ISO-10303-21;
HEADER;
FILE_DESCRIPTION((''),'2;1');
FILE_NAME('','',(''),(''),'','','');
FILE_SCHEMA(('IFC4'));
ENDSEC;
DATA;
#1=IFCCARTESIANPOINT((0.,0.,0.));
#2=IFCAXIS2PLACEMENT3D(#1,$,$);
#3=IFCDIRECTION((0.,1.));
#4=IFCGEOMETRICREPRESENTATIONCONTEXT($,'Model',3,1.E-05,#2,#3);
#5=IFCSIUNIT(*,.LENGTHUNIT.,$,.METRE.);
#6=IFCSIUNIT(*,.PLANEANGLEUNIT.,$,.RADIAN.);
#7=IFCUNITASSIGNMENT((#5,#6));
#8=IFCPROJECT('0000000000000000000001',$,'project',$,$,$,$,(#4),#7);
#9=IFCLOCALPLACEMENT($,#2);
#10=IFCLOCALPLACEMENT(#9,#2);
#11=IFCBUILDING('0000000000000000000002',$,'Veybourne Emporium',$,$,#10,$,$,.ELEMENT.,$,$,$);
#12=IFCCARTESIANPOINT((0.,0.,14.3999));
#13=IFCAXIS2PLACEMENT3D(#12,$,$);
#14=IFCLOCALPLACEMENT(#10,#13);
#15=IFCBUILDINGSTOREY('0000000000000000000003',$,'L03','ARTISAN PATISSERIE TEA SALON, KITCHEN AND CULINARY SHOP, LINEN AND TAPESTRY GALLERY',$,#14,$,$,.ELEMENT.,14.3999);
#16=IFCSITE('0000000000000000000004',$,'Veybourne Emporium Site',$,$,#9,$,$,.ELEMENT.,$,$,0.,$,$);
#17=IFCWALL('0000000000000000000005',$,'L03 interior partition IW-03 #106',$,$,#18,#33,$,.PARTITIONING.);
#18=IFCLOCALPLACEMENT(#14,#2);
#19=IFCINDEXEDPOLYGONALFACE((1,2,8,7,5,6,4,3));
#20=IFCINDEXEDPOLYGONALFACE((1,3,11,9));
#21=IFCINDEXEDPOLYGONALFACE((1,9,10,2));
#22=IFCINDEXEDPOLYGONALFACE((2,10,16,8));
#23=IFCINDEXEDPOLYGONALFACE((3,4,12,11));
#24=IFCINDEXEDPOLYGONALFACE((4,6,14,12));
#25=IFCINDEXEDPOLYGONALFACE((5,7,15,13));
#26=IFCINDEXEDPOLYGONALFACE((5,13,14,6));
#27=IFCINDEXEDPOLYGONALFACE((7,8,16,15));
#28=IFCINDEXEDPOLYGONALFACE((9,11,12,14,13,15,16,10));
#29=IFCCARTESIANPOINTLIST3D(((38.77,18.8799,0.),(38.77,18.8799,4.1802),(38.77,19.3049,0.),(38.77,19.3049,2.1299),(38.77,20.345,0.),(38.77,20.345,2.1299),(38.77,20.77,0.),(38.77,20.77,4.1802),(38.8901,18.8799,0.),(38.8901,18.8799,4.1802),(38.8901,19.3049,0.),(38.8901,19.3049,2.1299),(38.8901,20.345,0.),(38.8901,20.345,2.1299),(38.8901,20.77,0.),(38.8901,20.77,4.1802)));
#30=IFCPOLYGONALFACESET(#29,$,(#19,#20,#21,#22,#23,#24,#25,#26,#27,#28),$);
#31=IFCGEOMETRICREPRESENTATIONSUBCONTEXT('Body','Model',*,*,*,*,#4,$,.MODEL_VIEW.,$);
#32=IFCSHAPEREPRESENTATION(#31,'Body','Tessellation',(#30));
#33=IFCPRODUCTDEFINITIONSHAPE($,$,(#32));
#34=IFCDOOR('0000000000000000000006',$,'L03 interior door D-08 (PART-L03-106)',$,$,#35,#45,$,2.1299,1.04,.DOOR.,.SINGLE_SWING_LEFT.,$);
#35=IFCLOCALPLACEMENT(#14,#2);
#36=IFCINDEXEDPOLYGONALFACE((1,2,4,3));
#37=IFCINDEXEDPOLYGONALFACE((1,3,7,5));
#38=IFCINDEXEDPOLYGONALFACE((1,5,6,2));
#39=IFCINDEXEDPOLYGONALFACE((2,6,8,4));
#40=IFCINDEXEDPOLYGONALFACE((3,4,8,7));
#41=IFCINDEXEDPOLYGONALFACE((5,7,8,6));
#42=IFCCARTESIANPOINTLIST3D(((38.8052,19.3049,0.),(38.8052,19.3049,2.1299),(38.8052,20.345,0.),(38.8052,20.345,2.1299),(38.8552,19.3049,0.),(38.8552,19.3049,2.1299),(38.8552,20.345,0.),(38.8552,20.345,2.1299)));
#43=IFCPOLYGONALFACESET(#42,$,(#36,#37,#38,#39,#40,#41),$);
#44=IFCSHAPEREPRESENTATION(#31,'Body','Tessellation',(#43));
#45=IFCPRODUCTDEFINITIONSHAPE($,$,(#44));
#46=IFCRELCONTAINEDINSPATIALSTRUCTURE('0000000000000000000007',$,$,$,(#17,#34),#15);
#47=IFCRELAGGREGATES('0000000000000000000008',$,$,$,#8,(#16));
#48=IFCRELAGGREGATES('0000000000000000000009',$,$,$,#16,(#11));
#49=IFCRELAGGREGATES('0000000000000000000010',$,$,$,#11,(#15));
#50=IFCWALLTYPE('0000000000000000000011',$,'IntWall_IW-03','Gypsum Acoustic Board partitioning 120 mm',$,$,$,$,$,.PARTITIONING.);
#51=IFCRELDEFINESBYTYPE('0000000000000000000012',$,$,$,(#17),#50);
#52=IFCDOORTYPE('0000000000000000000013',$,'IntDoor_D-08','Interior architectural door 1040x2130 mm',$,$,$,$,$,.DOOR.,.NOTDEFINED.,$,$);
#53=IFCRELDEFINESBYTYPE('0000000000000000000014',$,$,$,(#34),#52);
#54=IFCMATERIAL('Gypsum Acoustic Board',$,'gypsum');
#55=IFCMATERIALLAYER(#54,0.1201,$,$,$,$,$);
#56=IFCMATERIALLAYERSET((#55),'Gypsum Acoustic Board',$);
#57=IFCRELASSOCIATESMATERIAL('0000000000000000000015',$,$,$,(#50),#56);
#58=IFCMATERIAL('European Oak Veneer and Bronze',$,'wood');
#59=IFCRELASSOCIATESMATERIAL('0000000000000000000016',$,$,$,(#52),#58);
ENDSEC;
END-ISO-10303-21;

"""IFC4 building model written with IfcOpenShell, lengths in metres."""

from ifc_helpers import new_model, si_unit, direction, frame, frame_2d, origin, place, context, subcontext, project, spatial, rectangle, extrude, material, layer, layer_set, type_object, element, fill, save


model = new_model("IFC4")

# Units and contexts
model_context = context("Model", 3, precision=1e-05, world=origin(), true_north=direction((0.0, 1.0)))
body_context = subcontext(model_context, "Body", "Model", "MODEL_VIEW")
ifc_project = project(units=[si_unit("LENGTHUNIT", "METRE"), si_unit("PLANEANGLEUNIT", "RADIAN")], contexts=[model_context])

# Site, building, storey
site_placement = place(None, origin())
site = spatial("IfcSite", under=ifc_project, at=site_placement, Name="Veybourne Emporium Site", CompositionType="ELEMENT", RefElevation=0.0)
building_placement = place(site_placement, origin())
building = spatial("IfcBuilding", under=site, at=building_placement, Name="Veybourne Emporium", CompositionType="ELEMENT")
storey_placement = place(building_placement, frame((0.0, 0.0, 14.3999)))
storey = spatial("IfcBuildingStorey", under=building, at=storey_placement, Name="L03", Description="ARTISAN PATISSERIE TEA SALON, KITCHEN AND CULINARY SHOP, LINEN AND TAPESTRY GALLERY", CompositionType="ELEMENT", Elevation=14.3999)

# Shared definitions
ifc_material_1 = material(Name="Gypsum Acoustic Board", Category="gypsum")

# Wall, opening, door
ifc_material_2 = material(Name="European Oak Veneer and Bronze", Category="wood")
ifc_layer_1 = layer(ifc_material_1, 0.1201)
ifc_layer_set_1 = layer_set([ifc_layer_1], Name="Gypsum Acoustic Board")
wall_type_1 = type_object("IfcWallType", Name="IntWall_IW-03", Description="Gypsum Acoustic Board partitioning 120 mm", PredefinedType="PARTITIONING", material=ifc_layer_set_1)
wall_1_placement = place(storey_placement, frame((38.8301, 18.8799, 0.0), z_axis=(0.0, 0.0, 1.0), x_axis=(0.0, 1.0, 0.0)))
wall_1 = element("IfcWall", 1, at=wall_1_placement, inside=storey, type_object=wall_type_1, Name="L03 interior partition IW-03 #106", PredefinedType="PARTITIONING", context=body_context, shape_type="SweptSolid", body=[
    extrude(rectangle(XDim=1.8901, YDim=0.1201, at=frame_2d((0.9451, 0.0))), origin(), (0.0, 0.0, 1.0), 4.1802),
])
opening_1_placement = place(wall_1_placement, frame((0.425, 0.0, 0.0)))
opening_1 = element("IfcOpeningElement", 2, at=opening_1_placement, cuts=wall_1, PredefinedType="OPENING", context=body_context, shape_type="SweptSolid", body=[
    extrude(rectangle(XDim=1.04, YDim=2.1299, at=frame_2d((0.52, 1.0649))), frame((0.0, 0.0801, 0.0), z_axis=(0.0, -1.0, 0.0), x_axis=(1.0, 0.0, 0.0)), (0.0, 0.0, 1.0), 0.1602),
])
door_type_1 = type_object("IfcDoorType", Name="IntDoor_D-08", Description="Interior architectural door 1040x2130 mm", OperationType="NOTDEFINED", PredefinedType="DOOR", material=ifc_material_2)
door_1_placement = place(opening_1_placement, origin())
door_1 = element("IfcDoor", 3, at=door_1_placement, inside=storey, type_object=door_type_1, Name="L03 interior door D-08 (PART-L03-106)", OperationType="SINGLE_SWING_LEFT", OverallHeight=2.1299, OverallWidth=1.04, PredefinedType="DOOR", context=body_context, shape_type="SweptSolid", body=[
    extrude(rectangle(XDim=1.04, YDim=2.1299, at=frame_2d((0.52, 1.0649))), frame((0.0, 0.0249, 0.0), z_axis=(0.0, -1.0, 0.0), x_axis=(1.0, 0.0, 0.0)), (0.0, 0.0, 1.0), 0.05),
])
fill(opening_1, door_1)

save(model, "model.ifc")
